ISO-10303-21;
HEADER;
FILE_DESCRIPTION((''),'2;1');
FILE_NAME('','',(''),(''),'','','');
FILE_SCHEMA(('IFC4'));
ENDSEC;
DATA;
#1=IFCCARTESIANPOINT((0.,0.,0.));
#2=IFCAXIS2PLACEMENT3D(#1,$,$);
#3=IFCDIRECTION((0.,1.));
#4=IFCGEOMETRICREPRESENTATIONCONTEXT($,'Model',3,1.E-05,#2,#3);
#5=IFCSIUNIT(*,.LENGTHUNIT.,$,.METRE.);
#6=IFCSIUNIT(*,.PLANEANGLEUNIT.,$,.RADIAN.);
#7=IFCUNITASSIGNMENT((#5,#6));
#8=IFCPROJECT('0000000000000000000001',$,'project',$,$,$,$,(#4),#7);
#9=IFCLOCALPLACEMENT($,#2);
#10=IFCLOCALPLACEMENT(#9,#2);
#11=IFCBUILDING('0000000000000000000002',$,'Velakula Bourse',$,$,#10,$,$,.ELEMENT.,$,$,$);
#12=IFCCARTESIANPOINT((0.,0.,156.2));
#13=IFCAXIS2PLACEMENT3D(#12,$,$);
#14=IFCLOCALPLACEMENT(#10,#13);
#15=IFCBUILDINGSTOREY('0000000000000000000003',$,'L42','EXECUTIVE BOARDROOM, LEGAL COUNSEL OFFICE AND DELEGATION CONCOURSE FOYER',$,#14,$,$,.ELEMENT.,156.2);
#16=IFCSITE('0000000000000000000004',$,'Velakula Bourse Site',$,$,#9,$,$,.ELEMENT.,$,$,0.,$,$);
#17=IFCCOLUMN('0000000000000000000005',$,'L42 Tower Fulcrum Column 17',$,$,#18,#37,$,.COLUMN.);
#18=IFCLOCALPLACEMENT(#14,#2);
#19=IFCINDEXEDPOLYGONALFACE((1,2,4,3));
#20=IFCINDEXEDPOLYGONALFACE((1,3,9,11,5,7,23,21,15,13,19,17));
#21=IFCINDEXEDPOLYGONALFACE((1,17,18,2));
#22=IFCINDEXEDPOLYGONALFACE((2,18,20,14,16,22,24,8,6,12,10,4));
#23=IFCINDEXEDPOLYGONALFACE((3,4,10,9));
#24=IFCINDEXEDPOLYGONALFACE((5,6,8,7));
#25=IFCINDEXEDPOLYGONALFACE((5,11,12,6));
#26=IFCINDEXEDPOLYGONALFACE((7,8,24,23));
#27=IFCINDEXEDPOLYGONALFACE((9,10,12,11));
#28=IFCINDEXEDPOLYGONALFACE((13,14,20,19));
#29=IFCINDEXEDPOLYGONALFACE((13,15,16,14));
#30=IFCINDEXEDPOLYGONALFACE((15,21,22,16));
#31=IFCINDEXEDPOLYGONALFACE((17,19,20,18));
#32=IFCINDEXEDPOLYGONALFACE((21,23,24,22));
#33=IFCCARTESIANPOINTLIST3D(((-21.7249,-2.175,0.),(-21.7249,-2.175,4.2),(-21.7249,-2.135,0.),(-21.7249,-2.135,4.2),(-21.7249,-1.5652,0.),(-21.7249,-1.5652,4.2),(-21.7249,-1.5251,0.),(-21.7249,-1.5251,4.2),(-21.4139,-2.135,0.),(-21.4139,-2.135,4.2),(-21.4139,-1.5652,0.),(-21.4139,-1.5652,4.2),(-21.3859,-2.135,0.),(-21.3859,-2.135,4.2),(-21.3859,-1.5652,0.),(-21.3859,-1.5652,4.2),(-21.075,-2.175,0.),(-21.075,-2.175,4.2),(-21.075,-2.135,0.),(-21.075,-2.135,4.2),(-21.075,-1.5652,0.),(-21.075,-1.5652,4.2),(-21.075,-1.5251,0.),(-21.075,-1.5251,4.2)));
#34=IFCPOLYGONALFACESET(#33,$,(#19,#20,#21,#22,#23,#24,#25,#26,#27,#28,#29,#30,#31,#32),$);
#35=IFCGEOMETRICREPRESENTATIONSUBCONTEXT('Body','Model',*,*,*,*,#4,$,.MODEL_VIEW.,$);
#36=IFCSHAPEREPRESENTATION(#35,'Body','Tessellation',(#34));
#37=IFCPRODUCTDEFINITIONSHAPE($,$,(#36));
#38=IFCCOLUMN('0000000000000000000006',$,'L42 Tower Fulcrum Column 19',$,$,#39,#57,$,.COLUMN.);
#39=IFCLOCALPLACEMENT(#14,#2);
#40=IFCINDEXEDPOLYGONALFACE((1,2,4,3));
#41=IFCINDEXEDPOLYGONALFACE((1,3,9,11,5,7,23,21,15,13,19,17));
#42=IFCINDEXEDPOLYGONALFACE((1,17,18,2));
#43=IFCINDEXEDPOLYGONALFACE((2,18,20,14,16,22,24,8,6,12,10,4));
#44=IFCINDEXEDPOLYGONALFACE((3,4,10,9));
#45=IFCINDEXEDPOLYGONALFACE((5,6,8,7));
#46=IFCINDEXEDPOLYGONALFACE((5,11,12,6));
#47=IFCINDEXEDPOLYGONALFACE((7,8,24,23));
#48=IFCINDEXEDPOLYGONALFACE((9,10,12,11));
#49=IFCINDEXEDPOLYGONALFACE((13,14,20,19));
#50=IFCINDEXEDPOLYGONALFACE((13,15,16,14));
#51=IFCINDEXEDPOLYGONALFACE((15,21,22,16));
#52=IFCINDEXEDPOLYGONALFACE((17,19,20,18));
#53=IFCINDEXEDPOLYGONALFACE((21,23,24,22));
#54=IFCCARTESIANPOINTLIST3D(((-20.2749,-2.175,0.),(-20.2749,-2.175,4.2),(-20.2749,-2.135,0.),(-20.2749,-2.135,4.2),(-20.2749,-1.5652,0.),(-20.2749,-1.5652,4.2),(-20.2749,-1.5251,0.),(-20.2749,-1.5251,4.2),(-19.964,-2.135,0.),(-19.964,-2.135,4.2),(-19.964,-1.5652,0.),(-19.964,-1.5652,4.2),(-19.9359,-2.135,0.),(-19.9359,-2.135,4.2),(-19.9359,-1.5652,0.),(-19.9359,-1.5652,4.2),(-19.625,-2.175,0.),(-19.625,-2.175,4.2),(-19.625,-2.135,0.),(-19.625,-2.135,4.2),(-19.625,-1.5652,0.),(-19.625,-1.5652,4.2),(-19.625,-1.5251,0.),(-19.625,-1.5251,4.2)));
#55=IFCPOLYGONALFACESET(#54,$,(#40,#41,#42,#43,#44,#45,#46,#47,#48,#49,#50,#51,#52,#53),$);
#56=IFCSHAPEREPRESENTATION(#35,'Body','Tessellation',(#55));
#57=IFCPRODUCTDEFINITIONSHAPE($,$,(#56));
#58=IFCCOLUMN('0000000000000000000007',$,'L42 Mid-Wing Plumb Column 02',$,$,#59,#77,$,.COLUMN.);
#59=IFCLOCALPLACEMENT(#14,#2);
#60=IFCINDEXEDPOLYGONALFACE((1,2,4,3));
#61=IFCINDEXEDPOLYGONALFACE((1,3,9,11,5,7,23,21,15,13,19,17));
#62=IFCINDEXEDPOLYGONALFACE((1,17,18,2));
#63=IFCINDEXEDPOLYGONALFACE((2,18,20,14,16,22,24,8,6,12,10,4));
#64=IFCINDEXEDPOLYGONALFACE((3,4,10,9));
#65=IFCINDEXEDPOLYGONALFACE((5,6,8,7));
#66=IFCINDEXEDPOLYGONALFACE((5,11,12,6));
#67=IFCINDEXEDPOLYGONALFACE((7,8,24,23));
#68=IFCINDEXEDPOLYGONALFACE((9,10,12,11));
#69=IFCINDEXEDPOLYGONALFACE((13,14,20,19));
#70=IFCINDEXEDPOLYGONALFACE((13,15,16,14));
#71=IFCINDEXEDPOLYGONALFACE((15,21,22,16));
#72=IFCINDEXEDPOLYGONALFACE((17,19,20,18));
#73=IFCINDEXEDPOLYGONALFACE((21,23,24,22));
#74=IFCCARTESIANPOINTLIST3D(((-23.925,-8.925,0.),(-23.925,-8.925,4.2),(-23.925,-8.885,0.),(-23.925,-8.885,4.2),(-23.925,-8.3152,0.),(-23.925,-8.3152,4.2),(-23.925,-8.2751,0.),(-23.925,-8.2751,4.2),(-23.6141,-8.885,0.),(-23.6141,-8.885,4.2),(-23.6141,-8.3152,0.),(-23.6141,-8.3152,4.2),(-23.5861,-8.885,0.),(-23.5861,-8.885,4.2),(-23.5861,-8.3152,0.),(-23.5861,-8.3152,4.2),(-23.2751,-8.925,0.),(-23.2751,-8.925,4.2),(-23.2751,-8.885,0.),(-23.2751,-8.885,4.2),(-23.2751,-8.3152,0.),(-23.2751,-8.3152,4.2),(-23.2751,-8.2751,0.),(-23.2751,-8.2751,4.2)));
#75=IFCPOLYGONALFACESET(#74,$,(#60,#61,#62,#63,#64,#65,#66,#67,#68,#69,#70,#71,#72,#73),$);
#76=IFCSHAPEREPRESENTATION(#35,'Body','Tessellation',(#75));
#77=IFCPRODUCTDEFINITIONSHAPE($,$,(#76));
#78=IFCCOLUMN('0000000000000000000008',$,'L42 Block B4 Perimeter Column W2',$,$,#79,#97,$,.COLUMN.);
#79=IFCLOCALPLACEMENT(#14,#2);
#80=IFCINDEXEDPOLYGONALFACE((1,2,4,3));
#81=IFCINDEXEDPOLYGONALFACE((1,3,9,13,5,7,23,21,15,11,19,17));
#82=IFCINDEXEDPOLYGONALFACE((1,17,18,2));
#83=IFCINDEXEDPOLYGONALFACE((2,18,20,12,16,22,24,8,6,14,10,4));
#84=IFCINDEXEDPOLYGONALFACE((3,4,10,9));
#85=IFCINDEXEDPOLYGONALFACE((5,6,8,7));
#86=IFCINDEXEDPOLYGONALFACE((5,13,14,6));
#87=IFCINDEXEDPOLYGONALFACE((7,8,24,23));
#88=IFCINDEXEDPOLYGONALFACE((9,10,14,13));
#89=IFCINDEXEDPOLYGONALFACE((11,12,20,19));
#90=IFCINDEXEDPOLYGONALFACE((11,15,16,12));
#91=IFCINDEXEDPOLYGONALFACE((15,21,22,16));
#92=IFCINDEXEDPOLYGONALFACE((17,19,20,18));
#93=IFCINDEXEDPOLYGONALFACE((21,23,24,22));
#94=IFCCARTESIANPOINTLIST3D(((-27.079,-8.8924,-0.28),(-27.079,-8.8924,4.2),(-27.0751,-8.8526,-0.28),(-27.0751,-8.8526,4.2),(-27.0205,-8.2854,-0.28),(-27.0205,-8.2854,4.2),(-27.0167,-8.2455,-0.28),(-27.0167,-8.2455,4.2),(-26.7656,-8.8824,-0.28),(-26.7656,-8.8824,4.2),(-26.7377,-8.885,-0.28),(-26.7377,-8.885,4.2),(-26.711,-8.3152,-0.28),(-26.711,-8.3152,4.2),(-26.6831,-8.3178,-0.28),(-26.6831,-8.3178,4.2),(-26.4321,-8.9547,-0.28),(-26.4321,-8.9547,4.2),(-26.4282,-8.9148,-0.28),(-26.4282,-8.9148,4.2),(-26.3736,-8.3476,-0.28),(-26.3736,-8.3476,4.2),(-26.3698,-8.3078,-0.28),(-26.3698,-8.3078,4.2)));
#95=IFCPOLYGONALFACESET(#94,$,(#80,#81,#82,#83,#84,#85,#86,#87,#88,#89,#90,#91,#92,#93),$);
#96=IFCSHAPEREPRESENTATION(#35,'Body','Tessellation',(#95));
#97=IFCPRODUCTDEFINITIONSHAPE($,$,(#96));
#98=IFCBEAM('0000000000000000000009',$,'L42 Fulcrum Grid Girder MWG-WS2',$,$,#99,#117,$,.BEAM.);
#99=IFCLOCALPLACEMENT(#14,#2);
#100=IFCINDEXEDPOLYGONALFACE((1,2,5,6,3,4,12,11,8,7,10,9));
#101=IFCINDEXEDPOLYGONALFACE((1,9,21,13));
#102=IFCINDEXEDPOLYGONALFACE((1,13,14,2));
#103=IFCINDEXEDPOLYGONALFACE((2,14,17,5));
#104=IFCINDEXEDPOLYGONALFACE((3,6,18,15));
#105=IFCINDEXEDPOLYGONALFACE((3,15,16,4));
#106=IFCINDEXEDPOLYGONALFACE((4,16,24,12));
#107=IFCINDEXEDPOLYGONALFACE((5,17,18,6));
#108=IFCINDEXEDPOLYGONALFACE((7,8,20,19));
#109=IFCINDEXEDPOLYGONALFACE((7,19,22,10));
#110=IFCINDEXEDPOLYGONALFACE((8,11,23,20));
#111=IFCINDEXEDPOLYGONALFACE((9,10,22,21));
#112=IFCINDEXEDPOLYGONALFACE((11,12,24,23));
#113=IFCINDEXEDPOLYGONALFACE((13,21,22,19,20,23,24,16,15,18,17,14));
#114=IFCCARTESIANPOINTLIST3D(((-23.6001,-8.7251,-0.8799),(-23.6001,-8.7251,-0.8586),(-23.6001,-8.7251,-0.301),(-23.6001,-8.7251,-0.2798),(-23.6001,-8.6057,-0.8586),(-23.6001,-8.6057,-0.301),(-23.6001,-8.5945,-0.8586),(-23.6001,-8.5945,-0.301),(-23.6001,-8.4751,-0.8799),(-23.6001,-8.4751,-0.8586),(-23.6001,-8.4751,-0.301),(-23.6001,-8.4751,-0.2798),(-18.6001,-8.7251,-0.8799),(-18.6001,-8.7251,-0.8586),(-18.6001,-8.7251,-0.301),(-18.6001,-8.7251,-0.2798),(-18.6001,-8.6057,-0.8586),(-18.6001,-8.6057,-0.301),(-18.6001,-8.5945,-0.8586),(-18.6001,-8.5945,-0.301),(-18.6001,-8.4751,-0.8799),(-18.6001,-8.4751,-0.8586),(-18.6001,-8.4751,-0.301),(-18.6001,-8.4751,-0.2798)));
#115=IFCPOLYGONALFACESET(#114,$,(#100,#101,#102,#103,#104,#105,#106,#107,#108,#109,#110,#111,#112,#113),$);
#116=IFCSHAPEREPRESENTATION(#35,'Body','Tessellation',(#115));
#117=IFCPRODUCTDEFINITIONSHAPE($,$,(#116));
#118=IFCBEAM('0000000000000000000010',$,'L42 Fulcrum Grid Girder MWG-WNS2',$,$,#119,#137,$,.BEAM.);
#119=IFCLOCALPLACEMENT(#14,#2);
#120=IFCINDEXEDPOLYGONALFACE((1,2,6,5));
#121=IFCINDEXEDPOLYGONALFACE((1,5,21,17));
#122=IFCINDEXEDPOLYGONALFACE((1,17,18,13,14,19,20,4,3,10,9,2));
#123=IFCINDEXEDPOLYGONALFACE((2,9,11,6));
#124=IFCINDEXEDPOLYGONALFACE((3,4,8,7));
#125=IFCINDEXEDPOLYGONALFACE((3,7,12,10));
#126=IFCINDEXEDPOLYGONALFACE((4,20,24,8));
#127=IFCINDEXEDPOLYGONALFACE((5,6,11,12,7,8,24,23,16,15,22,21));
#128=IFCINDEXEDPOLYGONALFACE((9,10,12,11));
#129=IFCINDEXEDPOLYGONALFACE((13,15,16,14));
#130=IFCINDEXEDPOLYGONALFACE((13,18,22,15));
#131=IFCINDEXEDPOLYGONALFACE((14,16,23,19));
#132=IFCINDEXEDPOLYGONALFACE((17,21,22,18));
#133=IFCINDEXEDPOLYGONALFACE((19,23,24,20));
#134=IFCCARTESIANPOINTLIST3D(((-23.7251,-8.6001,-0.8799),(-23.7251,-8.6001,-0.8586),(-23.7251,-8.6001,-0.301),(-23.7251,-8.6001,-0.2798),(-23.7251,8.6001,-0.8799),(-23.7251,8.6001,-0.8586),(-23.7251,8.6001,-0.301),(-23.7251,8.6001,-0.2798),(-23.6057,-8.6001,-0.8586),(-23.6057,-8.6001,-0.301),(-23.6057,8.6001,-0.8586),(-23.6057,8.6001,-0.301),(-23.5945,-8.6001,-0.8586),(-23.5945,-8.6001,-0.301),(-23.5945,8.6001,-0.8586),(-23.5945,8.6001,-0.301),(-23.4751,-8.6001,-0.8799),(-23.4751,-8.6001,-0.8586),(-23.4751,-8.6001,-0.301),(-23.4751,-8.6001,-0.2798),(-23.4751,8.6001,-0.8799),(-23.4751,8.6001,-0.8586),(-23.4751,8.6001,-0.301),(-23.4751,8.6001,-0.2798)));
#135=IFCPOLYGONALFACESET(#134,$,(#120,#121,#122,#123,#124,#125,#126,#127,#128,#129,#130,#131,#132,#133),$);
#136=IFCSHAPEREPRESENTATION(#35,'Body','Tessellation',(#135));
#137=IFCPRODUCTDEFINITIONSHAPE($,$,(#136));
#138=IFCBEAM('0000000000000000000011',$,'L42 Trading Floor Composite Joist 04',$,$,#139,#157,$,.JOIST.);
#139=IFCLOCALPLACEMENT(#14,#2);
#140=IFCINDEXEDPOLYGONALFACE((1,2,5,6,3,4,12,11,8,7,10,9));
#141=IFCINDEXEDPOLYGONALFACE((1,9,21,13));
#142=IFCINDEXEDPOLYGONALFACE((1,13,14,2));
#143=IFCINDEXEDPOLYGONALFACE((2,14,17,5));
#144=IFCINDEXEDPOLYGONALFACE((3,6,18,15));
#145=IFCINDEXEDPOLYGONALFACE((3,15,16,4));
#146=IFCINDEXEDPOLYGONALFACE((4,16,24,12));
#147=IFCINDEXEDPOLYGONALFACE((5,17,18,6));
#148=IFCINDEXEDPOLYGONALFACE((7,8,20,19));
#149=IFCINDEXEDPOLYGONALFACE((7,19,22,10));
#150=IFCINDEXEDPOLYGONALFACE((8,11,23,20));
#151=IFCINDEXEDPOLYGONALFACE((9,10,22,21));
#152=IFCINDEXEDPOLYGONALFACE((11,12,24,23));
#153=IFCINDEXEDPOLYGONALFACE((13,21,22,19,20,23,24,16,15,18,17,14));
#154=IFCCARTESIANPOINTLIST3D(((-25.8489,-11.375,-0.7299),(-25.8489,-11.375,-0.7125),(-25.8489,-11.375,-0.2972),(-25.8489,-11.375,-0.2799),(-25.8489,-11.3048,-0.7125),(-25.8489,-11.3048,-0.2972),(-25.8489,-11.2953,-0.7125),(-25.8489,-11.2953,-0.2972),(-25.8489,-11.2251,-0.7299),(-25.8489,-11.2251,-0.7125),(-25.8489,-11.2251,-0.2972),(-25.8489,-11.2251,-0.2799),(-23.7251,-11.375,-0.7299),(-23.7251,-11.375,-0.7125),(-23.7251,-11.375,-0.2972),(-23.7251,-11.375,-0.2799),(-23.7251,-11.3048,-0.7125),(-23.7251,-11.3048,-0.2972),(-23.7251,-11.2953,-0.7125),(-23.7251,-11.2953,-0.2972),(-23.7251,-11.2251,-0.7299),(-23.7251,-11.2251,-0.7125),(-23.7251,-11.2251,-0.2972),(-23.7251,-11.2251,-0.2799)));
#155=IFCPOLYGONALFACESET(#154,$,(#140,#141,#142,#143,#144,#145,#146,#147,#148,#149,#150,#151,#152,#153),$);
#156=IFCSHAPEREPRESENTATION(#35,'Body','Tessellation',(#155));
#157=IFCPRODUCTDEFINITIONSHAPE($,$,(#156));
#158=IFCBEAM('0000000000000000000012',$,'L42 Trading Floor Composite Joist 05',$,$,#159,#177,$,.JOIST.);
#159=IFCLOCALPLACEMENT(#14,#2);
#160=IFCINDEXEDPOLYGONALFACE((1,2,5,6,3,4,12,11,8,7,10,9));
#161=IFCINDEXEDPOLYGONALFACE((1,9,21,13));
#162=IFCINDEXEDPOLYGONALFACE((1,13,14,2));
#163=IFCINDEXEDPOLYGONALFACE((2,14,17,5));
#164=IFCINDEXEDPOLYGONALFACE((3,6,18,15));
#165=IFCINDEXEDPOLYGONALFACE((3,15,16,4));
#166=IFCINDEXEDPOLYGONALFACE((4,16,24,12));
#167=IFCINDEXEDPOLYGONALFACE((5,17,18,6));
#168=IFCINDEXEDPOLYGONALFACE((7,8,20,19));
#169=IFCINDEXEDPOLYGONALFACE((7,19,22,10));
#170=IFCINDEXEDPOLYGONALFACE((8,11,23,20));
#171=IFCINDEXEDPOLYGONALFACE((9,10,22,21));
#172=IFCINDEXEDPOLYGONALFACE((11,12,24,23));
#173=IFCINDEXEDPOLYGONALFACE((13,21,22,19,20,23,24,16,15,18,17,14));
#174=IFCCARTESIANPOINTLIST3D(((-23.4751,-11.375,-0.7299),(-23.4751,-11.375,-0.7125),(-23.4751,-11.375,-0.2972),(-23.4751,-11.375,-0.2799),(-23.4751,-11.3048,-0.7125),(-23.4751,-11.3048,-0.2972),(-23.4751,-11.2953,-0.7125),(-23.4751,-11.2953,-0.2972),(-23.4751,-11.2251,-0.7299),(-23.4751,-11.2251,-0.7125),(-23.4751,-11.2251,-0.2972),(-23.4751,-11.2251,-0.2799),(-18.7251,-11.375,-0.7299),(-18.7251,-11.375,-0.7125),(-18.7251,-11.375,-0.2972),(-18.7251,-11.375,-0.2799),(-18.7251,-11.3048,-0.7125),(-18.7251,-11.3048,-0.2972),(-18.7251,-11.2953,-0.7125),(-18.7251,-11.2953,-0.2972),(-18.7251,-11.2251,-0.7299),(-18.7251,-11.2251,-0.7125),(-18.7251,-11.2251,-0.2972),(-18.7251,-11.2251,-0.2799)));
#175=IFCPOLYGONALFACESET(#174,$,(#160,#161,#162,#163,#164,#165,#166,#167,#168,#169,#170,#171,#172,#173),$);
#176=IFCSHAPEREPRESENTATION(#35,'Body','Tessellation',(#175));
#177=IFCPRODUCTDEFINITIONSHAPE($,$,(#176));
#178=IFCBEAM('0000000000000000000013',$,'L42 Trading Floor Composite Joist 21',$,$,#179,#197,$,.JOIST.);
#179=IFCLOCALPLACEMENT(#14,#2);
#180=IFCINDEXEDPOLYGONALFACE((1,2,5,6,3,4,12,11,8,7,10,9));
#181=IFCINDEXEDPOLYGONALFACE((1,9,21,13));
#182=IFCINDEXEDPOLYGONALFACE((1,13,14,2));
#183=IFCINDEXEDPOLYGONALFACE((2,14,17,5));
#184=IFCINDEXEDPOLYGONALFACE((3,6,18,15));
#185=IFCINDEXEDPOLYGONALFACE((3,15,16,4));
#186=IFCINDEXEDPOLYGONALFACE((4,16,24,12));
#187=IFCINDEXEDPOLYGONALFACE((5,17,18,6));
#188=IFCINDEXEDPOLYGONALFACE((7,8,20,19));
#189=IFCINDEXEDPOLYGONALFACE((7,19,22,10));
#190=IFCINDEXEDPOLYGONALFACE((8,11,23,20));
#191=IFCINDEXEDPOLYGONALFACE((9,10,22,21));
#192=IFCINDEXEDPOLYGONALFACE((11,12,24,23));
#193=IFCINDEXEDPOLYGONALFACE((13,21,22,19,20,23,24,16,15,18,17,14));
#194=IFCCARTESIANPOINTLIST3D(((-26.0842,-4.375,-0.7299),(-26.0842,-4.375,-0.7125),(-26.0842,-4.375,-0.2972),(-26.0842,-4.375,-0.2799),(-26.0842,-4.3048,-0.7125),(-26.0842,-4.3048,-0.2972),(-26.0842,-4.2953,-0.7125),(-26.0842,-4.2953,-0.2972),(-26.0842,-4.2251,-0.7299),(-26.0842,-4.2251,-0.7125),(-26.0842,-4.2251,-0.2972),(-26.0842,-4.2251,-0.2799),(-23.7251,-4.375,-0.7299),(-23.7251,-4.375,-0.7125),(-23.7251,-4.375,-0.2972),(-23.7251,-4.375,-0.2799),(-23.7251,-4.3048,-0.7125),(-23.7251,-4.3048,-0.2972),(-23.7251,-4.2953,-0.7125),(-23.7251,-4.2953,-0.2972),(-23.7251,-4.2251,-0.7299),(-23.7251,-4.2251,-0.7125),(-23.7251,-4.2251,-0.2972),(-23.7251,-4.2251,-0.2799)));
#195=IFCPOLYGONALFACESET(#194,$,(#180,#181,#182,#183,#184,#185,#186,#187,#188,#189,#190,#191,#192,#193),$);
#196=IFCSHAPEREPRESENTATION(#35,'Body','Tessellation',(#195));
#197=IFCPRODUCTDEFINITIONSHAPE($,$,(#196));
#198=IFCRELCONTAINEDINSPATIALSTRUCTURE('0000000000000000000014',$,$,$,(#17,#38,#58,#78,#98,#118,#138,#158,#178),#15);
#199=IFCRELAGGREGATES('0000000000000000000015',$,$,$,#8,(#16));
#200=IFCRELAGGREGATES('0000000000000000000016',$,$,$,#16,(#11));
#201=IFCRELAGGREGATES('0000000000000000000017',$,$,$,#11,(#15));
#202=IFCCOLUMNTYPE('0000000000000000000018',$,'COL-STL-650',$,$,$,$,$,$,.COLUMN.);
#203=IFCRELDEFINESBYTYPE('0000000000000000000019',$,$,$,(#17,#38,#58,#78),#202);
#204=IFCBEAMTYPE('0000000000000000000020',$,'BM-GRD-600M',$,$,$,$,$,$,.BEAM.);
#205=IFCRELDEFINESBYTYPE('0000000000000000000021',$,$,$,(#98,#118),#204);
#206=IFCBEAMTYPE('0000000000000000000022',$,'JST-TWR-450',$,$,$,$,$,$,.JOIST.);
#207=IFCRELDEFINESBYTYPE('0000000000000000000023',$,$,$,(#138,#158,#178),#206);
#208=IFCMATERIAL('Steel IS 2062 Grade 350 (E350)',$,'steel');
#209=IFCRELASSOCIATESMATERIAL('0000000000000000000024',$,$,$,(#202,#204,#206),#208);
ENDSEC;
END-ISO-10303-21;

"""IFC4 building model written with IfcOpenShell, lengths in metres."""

from ifc_helpers import new_model, si_unit, direction, frame, origin, origin_2d, place, context, subcontext, project, spatial, i_section, extrude, material, material_profile, profile_set, type_object, element, save


model = new_model("IFC4")

# Units and contexts
model_context = context("Model", 3, precision=1e-05, world=origin(), true_north=direction((0.0, 1.0)))
body_context = subcontext(model_context, "Body", "Model", "MODEL_VIEW")
ifc_project = project(units=[si_unit("LENGTHUNIT", "METRE"), si_unit("PLANEANGLEUNIT", "RADIAN")], contexts=[model_context])

# Site, building, storey
site_placement = place(None, origin())
site = spatial("IfcSite", under=ifc_project, at=site_placement, Name="Velakula Bourse Site", CompositionType="ELEMENT", RefElevation=0.0)
building_placement = place(site_placement, origin())
building = spatial("IfcBuilding", under=site, at=building_placement, Name="Velakula Bourse", CompositionType="ELEMENT")
storey_placement = place(building_placement, frame((0.0, 0.0, 156.2)))
storey = spatial("IfcBuildingStorey", under=building, at=storey_placement, Name="L42", Description="EXECUTIVE BOARDROOM, LEGAL COUNSEL OFFICE AND DELEGATION CONCOURSE FOYER", CompositionType="ELEMENT", Elevation=156.2)

# Columns
ifc_material_1 = material(Name="Steel IS 2062 Grade 350 (E350)", Category="steel")
ifc_material_profile_1 = material_profile(ifc_material_1, i_section(OverallWidth=0.6499, OverallDepth=0.6499, WebThickness=0.0281, FlangeThickness=0.04, at=origin_2d()), Name="Steel IS 2062 Grade 350 (E350)")
ifc_profile_set_1 = profile_set([ifc_material_profile_1], Name="Steel IS 2062 Grade 350 (E350)")
column_type = type_object("IfcColumnType", Name="COL-STL-650", PredefinedType="COLUMN", material=ifc_profile_set_1)
for number, where, z_axis, x_axis, name in (
    (1, (-21.3999, -1.8501, 0.0), (0.0, 0.0, 1.0), (1.0, 0.0, 0.0), "L42 Tower Fulcrum Column 17"),
    (2, (-19.95, -1.8501, 0.0), (0.0, 0.0, 1.0), (1.0, 0.0, 0.0), "L42 Tower Fulcrum Column 19"),
    (3, (-23.6001, -8.6001, 0.0), (0.0, 0.0, 1.0), (1.0, 0.0, 0.0), "L42 Mid-Wing Plumb Column 02"),
):
    element("IfcColumn", number, at=place(storey_placement, frame(where, z_axis=z_axis, x_axis=x_axis)), inside=storey, type_object=column_type, Name=name, PredefinedType="COLUMN", context=body_context, shape_type="SweptSolid", body=[
        extrude(i_section(OverallWidth=0.6499, OverallDepth=0.6499, WebThickness=0.0281, FlangeThickness=0.04, at=origin_2d()), origin(), (0.0, 0.0, 1.0), 4.2),
    ])
column_placement = place(storey_placement, frame((-26.7244, -8.6001, -0.28), z_axis=(0.0, 0.0, 1.0), x_axis=(0.995396, -0.095846, 0.0)))
element("IfcColumn", 4, at=column_placement, inside=storey, type_object=column_type, Name="L42 Block B4 Perimeter Column W2", PredefinedType="COLUMN", context=body_context, shape_type="SweptSolid", body=[
    extrude(i_section(OverallWidth=0.6499, OverallDepth=0.6499, WebThickness=0.0281, FlangeThickness=0.04, at=origin_2d()), origin(), (0.0, 0.0, 1.0), 4.48),
])

# Beams
ifc_material_profile_2 = material_profile(ifc_material_1, i_section(OverallWidth=0.25, OverallDepth=0.6001, WebThickness=0.0112, FlangeThickness=0.0212, at=origin_2d()), Name="Steel IS 2062 Grade 350 (E350)")
ifc_profile_set_2 = profile_set([ifc_material_profile_2], Name="Steel IS 2062 Grade 350 (E350)")
beam_type_1 = type_object("IfcBeamType", Name="BM-GRD-600M", PredefinedType="BEAM", material=ifc_profile_set_2)
beam_1_placement = place(storey_placement, frame((-23.6001, -8.6001, -0.5798), z_axis=(1.0, 0.0, 0.0), x_axis=(0.0, 1.0, 0.0)))
element("IfcBeam", 5, at=beam_1_placement, inside=storey, type_object=beam_type_1, Name="L42 Fulcrum Grid Girder MWG-WS2", PredefinedType="BEAM", context=body_context, shape_type="SweptSolid", body=[
    extrude(i_section(OverallWidth=0.25, OverallDepth=0.6001, WebThickness=0.0112, FlangeThickness=0.0212, at=origin_2d()), origin(), (0.0, 0.0, 1.0), 5.0),
])
beam_2_placement = place(storey_placement, frame((-23.6001, -8.6001, -0.5798), z_axis=(0.0, 1.0, 0.0), x_axis=(-1.0, 0.0, 0.0)))
element("IfcBeam", 6, at=beam_2_placement, inside=storey, type_object=beam_type_1, Name="L42 Fulcrum Grid Girder MWG-WNS2", PredefinedType="BEAM", context=body_context, shape_type="SweptSolid", body=[
    extrude(i_section(OverallWidth=0.25, OverallDepth=0.6001, WebThickness=0.0112, FlangeThickness=0.0212, at=origin_2d()), origin(), (0.0, 0.0, 1.0), 17.2002),
])
ifc_material_profile_3 = material_profile(ifc_material_1, i_section(OverallWidth=0.1499, OverallDepth=0.45, WebThickness=0.0095, FlangeThickness=0.0173, at=origin_2d()), Name="Steel IS 2062 Grade 350 (E350)")
ifc_profile_set_3 = profile_set([ifc_material_profile_3], Name="Steel IS 2062 Grade 350 (E350)")
beam_type_2 = type_object("IfcBeamType", Name="JST-TWR-450", PredefinedType="JOIST", material=ifc_profile_set_3)
beam_3_placement = place(storey_placement, frame((-25.8489, -11.3, -0.5049), z_axis=(1.0, 0.0, 0.0), x_axis=(0.0, 1.0, 0.0)))
element("IfcBeam", 7, at=beam_3_placement, inside=storey, type_object=beam_type_2, Name="L42 Trading Floor Composite Joist 04", PredefinedType="JOIST", context=body_context, shape_type="SweptSolid", body=[
    extrude(i_section(OverallWidth=0.1499, OverallDepth=0.45, WebThickness=0.0095, FlangeThickness=0.0173, at=origin_2d()), origin(), (0.0, 0.0, 1.0), 2.1238),
])
beam_4_placement = place(storey_placement, frame((-23.4751, -11.3, -0.5049), z_axis=(1.0, 0.0, 0.0), x_axis=(0.0, 1.0, 0.0)))
element("IfcBeam", 8, at=beam_4_placement, inside=storey, type_object=beam_type_2, Name="L42 Trading Floor Composite Joist 05", PredefinedType="JOIST", context=body_context, shape_type="SweptSolid", body=[
    extrude(i_section(OverallWidth=0.1499, OverallDepth=0.45, WebThickness=0.0095, FlangeThickness=0.0173, at=origin_2d()), origin(), (0.0, 0.0, 1.0), 4.75),
])
beam_5_placement = place(storey_placement, frame((-26.0842, -4.3, -0.5049), z_axis=(1.0, 0.0, 0.0), x_axis=(0.0, 1.0, 0.0)))
element("IfcBeam", 9, at=beam_5_placement, inside=storey, type_object=beam_type_2, Name="L42 Trading Floor Composite Joist 21", PredefinedType="JOIST", context=body_context, shape_type="SweptSolid", body=[
    extrude(i_section(OverallWidth=0.1499, OverallDepth=0.45, WebThickness=0.0095, FlangeThickness=0.0173, at=origin_2d()), origin(), (0.0, 0.0, 1.0), 2.3591),
])

save(model, "model.ifc")
